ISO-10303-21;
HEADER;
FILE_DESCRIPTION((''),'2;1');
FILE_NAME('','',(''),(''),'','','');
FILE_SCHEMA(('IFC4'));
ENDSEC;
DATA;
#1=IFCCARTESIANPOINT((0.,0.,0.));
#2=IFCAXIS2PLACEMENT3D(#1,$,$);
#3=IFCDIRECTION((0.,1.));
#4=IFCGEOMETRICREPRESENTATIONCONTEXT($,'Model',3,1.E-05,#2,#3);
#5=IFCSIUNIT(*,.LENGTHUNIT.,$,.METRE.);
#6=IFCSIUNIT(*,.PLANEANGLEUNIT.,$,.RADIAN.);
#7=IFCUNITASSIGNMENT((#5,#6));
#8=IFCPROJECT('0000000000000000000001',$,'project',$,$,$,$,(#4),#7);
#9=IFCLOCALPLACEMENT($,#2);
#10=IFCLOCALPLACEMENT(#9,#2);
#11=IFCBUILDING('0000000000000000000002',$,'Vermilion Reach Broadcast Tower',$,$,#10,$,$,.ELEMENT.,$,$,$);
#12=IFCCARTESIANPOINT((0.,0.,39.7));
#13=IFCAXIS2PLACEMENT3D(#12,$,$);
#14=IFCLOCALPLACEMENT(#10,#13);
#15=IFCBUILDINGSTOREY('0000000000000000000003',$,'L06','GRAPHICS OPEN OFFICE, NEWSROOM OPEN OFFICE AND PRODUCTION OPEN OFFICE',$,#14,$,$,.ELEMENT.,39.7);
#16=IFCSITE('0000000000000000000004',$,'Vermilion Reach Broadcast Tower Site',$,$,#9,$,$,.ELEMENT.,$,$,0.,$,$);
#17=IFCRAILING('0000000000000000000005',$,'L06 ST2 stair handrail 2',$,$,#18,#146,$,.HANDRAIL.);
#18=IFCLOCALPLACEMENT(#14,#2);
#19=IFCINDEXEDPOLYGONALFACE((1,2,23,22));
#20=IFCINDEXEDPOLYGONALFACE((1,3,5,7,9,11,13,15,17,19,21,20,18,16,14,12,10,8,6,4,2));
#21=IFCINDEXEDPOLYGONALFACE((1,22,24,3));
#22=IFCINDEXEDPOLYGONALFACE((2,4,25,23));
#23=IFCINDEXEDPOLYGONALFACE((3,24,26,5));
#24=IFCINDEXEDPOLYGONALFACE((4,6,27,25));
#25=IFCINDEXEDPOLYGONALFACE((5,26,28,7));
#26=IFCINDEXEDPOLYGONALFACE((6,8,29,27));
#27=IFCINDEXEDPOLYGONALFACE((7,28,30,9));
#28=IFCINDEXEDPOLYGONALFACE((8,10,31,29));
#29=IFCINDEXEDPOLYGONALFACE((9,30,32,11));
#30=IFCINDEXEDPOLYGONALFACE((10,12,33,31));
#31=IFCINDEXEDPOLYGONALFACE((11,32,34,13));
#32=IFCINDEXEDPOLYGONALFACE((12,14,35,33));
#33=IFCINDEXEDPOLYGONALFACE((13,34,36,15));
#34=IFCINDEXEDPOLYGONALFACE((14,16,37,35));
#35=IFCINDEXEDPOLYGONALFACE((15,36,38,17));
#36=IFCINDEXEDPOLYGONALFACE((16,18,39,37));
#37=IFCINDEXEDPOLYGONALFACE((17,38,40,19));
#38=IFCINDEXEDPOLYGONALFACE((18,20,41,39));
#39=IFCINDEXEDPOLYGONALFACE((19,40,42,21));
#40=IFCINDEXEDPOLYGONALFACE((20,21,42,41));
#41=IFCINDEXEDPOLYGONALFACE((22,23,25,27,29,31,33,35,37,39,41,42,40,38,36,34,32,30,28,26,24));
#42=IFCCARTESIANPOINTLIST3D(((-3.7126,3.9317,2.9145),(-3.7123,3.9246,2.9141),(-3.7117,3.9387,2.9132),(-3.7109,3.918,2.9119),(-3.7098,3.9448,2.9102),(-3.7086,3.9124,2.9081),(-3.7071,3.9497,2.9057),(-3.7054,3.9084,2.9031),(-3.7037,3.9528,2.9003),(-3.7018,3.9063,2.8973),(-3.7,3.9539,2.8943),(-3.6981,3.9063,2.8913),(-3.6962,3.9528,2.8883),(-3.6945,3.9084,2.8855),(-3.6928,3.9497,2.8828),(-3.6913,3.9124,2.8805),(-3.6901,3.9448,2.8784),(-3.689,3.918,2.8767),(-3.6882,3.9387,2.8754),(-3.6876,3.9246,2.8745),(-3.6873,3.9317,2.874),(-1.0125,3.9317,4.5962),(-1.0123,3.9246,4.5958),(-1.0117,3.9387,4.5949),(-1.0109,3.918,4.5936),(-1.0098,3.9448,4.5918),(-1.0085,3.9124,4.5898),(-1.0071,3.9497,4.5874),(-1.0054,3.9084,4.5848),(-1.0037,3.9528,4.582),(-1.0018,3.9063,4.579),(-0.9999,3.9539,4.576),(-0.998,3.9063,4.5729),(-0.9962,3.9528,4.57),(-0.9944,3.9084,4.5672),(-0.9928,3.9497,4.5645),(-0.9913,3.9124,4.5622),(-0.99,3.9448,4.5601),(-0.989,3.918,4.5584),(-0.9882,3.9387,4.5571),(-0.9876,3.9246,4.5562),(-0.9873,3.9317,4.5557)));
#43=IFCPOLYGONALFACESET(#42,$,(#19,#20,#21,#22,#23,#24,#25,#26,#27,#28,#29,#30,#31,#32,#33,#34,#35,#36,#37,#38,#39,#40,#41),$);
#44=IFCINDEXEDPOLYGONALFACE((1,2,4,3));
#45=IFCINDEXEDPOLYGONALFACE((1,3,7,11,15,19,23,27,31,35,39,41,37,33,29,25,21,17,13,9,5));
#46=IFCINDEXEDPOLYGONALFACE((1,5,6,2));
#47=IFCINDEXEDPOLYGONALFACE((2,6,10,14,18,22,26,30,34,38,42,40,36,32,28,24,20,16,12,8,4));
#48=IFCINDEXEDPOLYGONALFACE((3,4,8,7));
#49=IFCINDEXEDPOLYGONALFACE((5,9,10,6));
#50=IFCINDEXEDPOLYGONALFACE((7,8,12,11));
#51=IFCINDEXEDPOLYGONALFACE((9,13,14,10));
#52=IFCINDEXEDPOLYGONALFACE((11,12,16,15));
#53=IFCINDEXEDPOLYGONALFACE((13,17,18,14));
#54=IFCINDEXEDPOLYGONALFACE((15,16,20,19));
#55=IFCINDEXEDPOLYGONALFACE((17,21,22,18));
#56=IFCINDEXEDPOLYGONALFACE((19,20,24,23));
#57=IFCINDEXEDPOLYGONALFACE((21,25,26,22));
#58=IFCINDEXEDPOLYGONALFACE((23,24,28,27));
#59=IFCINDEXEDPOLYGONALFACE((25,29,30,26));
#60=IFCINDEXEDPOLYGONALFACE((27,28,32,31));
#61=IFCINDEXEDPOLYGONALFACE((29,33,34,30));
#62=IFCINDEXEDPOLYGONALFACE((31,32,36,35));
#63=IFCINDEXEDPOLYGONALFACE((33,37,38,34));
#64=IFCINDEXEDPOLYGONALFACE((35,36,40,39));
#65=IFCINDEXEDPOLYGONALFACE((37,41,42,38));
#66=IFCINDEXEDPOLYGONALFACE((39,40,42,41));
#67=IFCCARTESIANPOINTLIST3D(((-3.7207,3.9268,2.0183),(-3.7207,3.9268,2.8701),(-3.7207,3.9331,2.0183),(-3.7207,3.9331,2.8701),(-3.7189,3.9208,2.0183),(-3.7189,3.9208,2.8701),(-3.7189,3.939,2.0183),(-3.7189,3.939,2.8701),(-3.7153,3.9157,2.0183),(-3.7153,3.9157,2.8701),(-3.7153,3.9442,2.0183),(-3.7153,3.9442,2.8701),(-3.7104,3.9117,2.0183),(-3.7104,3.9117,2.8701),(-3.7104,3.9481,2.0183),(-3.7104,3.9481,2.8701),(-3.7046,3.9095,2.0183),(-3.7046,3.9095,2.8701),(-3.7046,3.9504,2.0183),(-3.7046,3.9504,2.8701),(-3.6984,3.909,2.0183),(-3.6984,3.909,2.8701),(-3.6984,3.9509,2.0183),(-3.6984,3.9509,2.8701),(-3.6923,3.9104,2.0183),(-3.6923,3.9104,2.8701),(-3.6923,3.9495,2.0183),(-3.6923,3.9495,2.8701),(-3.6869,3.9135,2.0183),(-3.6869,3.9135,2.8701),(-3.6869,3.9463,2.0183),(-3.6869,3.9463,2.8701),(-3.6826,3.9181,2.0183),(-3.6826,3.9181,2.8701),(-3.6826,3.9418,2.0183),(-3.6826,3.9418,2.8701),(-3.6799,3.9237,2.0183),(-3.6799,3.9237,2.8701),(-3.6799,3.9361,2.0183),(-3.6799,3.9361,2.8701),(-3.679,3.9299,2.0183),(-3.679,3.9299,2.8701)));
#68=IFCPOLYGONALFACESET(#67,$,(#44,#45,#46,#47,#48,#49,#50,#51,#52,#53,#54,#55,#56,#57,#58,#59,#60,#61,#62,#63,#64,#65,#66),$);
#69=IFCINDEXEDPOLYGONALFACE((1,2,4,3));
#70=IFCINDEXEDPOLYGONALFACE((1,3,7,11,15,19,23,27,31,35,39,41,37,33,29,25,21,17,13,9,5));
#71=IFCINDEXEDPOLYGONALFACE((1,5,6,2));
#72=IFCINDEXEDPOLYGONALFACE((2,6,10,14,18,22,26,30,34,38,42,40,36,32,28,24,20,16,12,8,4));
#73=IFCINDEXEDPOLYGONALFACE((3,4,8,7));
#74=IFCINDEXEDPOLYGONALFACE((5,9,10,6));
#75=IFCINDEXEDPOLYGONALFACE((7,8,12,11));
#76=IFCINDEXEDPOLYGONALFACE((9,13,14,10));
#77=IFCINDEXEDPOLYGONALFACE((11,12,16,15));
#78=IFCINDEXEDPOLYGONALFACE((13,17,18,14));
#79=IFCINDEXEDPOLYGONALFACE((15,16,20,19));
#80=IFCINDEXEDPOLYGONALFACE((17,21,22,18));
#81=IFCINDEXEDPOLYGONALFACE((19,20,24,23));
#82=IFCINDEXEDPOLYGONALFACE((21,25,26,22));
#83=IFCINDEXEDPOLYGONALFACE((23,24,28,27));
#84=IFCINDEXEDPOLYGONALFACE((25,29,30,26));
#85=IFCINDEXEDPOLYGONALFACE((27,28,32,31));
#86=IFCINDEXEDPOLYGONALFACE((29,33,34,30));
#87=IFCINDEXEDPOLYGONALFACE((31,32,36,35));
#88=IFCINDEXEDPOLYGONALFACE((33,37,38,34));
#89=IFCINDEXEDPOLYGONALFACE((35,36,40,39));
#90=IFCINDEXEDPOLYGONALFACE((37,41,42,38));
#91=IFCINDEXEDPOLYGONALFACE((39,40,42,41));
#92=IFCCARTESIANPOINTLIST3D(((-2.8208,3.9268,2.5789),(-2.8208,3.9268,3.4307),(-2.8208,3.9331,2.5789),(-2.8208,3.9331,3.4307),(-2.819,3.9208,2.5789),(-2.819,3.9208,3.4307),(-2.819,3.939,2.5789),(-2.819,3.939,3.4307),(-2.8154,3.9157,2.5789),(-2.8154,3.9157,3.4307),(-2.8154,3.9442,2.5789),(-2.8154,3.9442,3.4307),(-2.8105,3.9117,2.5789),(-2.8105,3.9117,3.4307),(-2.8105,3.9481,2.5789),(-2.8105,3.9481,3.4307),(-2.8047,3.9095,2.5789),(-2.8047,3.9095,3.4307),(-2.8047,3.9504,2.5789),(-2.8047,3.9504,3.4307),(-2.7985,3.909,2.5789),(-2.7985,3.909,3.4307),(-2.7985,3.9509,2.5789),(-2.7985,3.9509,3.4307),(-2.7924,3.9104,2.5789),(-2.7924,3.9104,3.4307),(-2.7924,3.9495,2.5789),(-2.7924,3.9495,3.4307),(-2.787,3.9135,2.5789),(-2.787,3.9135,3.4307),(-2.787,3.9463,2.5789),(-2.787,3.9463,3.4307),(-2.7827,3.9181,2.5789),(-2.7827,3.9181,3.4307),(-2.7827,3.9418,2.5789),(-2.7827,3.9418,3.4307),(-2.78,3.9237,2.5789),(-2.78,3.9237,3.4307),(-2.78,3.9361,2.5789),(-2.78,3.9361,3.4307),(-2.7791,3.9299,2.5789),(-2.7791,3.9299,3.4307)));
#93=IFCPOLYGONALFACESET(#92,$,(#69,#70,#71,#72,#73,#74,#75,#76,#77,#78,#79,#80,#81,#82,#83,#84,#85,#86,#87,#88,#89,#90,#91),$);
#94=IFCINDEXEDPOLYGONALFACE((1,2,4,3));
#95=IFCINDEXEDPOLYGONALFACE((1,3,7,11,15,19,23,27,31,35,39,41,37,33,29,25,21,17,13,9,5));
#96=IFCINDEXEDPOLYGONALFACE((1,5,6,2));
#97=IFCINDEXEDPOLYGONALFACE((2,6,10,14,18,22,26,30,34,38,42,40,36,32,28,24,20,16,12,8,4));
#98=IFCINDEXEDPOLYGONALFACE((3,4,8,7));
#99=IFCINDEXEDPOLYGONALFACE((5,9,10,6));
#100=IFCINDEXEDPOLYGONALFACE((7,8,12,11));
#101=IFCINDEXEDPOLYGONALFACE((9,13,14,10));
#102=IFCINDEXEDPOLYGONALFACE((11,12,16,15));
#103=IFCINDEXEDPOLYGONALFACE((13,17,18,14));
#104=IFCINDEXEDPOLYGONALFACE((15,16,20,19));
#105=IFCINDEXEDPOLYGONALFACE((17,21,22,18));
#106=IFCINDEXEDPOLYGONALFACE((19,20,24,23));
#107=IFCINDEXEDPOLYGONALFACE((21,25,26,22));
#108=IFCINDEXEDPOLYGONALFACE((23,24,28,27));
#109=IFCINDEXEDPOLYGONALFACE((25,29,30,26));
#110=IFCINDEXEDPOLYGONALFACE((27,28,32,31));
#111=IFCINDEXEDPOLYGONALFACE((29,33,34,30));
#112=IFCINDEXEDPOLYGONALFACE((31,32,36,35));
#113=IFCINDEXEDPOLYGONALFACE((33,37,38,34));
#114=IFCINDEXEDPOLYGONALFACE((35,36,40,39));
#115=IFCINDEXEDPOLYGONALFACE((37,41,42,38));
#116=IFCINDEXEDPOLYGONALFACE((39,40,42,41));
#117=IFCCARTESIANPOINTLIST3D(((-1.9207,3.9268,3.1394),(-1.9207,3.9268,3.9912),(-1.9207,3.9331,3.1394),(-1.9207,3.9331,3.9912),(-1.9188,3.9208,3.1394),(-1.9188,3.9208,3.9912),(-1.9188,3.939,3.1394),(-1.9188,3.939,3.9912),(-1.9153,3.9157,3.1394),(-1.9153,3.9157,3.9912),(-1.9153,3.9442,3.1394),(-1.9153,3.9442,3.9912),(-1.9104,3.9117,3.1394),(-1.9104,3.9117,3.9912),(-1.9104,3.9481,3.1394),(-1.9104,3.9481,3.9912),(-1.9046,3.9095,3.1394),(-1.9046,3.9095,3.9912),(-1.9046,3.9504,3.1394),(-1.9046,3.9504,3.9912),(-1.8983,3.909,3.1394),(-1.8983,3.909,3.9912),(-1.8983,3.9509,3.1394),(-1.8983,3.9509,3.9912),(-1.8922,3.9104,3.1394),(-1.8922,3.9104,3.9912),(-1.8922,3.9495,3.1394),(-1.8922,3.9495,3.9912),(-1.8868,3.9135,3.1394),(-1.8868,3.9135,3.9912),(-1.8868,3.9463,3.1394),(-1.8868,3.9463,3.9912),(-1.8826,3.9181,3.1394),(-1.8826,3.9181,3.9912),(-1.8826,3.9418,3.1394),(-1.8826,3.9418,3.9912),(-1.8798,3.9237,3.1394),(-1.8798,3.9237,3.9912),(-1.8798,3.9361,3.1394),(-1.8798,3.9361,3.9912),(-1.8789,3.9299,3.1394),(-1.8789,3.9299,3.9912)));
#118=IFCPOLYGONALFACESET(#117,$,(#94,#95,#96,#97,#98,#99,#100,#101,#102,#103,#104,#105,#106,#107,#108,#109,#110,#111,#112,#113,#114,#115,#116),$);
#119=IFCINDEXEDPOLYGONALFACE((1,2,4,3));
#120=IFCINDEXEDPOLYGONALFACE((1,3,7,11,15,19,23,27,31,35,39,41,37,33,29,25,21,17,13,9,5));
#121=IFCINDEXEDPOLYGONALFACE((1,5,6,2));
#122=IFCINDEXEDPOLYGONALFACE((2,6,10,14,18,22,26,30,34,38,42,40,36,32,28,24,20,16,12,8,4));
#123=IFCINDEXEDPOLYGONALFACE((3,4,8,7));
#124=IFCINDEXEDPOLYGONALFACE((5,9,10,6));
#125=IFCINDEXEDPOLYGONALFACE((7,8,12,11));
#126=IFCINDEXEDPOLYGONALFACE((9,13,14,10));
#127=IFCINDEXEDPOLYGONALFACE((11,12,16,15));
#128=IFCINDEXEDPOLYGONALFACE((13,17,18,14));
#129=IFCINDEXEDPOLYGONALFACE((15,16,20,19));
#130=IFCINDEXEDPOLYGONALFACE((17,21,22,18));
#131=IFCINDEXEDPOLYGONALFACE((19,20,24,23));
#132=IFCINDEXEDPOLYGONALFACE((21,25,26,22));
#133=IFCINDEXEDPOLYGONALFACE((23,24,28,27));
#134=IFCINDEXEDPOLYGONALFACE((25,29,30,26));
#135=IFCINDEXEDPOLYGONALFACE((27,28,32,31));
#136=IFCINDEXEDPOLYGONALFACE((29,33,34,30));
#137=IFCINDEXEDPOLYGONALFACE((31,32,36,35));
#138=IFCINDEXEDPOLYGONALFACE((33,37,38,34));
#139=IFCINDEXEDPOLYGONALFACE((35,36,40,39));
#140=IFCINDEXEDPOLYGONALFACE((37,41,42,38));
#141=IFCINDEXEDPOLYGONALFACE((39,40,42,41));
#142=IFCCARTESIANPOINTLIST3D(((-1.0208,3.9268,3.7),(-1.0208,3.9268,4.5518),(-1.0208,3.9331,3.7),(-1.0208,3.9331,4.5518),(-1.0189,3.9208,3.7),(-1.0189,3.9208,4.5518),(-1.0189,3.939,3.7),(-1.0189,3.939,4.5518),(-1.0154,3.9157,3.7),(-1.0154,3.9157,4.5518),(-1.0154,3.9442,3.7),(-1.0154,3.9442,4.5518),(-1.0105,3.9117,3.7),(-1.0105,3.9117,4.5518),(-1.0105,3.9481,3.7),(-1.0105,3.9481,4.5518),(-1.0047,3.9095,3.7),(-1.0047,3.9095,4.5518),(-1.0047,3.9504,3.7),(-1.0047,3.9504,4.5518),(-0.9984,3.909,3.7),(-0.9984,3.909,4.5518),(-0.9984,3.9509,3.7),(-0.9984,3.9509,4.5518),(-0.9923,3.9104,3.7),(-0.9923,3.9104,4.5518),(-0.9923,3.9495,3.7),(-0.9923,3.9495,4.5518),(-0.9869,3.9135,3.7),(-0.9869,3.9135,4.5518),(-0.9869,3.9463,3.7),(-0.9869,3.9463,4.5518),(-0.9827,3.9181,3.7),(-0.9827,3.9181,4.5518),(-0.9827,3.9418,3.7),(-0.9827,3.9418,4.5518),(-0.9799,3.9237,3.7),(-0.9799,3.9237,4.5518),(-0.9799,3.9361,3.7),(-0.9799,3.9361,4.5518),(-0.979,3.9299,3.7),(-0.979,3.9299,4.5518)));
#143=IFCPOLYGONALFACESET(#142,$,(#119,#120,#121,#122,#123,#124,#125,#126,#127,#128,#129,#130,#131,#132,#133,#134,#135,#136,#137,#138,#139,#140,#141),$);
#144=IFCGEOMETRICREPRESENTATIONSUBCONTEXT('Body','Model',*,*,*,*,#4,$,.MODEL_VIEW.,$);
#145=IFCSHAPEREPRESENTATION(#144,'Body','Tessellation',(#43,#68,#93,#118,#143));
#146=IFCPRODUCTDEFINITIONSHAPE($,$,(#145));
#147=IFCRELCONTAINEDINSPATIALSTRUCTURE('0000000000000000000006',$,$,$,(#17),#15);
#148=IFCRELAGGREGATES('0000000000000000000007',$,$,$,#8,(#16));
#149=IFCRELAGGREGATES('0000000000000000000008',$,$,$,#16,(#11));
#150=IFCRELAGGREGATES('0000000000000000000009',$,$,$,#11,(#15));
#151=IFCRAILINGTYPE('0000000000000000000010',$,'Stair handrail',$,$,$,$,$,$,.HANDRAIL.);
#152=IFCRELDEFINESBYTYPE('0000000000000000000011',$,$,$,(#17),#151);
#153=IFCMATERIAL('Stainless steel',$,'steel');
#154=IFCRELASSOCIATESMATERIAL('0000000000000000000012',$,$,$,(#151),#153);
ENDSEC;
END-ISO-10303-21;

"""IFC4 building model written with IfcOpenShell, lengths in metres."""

from ifc_helpers import new_model, si_unit, direction, frame, origin, origin_2d, place, context, subcontext, project, spatial, circle, extrude, material, type_object, element, save


model = new_model("IFC4")

# Units and contexts
model_context = context("Model", 3, precision=1e-05, world=origin(), true_north=direction((0.0, 1.0)))
body_context = subcontext(model_context, "Body", "Model", "MODEL_VIEW")
ifc_project = project(units=[si_unit("LENGTHUNIT", "METRE"), si_unit("PLANEANGLEUNIT", "RADIAN")], contexts=[model_context])

# Site, building, storey
site_placement = place(None, origin())
site = spatial("IfcSite", under=ifc_project, at=site_placement, Name="Vermilion Reach Broadcast Tower Site", CompositionType="ELEMENT", RefElevation=0.0)
building_placement = place(site_placement, origin())
building = spatial("IfcBuilding", under=site, at=building_placement, Name="Vermilion Reach Broadcast Tower", CompositionType="ELEMENT")
storey_placement = place(building_placement, frame((0.0, 0.0, 39.7)))
storey = spatial("IfcBuildingStorey", under=building, at=storey_placement, Name="L06", Description="GRAPHICS OPEN OFFICE, NEWSROOM OPEN OFFICE AND PRODUCTION OPEN OFFICE", CompositionType="ELEMENT", Elevation=39.7)

# Railing
ifc_material_1 = material(Name="Stainless steel", Category="steel")
railing_type_1 = type_object("IfcRailingType", Name="Stair handrail", PredefinedType="HANDRAIL", material=ifc_material_1)
railing_1_placement = place(storey_placement, frame((-3.7, 3.9299, 2.0183)))
element("IfcRailing", 1, at=railing_1_placement, inside=storey, type_object=railing_type_1, Name="L06 ST2 stair handrail 2", PredefinedType="HANDRAIL", context=body_context, shape_type="SweptSolid", body=[
    extrude(circle(Radius=0.0239, at=origin_2d()), frame((0.0, 0.0, 0.876), z_axis=(0.848821, 0.0, 0.528681), x_axis=(0.0, 1.0, 0.0)), (0.0, 0.0, 1.0), 3.1809),
    extrude(circle(Radius=0.021, at=origin_2d()), origin(), (0.0, 0.0, 1.0), 0.8518),
    extrude(circle(Radius=0.021, at=origin_2d()), frame((0.8999, 0.0, 0.5605)), (0.0, 0.0, 1.0), 0.8518),
    extrude(circle(Radius=0.021, at=origin_2d()), frame((1.8, 0.0, 1.1211)), (0.0, 0.0, 1.0), 0.8518),
    extrude(circle(Radius=0.021, at=origin_2d()), frame((2.7, 0.0, 1.6816)), (0.0, 0.0, 1.0), 0.8518),
])

save(model, "model.ifc")
